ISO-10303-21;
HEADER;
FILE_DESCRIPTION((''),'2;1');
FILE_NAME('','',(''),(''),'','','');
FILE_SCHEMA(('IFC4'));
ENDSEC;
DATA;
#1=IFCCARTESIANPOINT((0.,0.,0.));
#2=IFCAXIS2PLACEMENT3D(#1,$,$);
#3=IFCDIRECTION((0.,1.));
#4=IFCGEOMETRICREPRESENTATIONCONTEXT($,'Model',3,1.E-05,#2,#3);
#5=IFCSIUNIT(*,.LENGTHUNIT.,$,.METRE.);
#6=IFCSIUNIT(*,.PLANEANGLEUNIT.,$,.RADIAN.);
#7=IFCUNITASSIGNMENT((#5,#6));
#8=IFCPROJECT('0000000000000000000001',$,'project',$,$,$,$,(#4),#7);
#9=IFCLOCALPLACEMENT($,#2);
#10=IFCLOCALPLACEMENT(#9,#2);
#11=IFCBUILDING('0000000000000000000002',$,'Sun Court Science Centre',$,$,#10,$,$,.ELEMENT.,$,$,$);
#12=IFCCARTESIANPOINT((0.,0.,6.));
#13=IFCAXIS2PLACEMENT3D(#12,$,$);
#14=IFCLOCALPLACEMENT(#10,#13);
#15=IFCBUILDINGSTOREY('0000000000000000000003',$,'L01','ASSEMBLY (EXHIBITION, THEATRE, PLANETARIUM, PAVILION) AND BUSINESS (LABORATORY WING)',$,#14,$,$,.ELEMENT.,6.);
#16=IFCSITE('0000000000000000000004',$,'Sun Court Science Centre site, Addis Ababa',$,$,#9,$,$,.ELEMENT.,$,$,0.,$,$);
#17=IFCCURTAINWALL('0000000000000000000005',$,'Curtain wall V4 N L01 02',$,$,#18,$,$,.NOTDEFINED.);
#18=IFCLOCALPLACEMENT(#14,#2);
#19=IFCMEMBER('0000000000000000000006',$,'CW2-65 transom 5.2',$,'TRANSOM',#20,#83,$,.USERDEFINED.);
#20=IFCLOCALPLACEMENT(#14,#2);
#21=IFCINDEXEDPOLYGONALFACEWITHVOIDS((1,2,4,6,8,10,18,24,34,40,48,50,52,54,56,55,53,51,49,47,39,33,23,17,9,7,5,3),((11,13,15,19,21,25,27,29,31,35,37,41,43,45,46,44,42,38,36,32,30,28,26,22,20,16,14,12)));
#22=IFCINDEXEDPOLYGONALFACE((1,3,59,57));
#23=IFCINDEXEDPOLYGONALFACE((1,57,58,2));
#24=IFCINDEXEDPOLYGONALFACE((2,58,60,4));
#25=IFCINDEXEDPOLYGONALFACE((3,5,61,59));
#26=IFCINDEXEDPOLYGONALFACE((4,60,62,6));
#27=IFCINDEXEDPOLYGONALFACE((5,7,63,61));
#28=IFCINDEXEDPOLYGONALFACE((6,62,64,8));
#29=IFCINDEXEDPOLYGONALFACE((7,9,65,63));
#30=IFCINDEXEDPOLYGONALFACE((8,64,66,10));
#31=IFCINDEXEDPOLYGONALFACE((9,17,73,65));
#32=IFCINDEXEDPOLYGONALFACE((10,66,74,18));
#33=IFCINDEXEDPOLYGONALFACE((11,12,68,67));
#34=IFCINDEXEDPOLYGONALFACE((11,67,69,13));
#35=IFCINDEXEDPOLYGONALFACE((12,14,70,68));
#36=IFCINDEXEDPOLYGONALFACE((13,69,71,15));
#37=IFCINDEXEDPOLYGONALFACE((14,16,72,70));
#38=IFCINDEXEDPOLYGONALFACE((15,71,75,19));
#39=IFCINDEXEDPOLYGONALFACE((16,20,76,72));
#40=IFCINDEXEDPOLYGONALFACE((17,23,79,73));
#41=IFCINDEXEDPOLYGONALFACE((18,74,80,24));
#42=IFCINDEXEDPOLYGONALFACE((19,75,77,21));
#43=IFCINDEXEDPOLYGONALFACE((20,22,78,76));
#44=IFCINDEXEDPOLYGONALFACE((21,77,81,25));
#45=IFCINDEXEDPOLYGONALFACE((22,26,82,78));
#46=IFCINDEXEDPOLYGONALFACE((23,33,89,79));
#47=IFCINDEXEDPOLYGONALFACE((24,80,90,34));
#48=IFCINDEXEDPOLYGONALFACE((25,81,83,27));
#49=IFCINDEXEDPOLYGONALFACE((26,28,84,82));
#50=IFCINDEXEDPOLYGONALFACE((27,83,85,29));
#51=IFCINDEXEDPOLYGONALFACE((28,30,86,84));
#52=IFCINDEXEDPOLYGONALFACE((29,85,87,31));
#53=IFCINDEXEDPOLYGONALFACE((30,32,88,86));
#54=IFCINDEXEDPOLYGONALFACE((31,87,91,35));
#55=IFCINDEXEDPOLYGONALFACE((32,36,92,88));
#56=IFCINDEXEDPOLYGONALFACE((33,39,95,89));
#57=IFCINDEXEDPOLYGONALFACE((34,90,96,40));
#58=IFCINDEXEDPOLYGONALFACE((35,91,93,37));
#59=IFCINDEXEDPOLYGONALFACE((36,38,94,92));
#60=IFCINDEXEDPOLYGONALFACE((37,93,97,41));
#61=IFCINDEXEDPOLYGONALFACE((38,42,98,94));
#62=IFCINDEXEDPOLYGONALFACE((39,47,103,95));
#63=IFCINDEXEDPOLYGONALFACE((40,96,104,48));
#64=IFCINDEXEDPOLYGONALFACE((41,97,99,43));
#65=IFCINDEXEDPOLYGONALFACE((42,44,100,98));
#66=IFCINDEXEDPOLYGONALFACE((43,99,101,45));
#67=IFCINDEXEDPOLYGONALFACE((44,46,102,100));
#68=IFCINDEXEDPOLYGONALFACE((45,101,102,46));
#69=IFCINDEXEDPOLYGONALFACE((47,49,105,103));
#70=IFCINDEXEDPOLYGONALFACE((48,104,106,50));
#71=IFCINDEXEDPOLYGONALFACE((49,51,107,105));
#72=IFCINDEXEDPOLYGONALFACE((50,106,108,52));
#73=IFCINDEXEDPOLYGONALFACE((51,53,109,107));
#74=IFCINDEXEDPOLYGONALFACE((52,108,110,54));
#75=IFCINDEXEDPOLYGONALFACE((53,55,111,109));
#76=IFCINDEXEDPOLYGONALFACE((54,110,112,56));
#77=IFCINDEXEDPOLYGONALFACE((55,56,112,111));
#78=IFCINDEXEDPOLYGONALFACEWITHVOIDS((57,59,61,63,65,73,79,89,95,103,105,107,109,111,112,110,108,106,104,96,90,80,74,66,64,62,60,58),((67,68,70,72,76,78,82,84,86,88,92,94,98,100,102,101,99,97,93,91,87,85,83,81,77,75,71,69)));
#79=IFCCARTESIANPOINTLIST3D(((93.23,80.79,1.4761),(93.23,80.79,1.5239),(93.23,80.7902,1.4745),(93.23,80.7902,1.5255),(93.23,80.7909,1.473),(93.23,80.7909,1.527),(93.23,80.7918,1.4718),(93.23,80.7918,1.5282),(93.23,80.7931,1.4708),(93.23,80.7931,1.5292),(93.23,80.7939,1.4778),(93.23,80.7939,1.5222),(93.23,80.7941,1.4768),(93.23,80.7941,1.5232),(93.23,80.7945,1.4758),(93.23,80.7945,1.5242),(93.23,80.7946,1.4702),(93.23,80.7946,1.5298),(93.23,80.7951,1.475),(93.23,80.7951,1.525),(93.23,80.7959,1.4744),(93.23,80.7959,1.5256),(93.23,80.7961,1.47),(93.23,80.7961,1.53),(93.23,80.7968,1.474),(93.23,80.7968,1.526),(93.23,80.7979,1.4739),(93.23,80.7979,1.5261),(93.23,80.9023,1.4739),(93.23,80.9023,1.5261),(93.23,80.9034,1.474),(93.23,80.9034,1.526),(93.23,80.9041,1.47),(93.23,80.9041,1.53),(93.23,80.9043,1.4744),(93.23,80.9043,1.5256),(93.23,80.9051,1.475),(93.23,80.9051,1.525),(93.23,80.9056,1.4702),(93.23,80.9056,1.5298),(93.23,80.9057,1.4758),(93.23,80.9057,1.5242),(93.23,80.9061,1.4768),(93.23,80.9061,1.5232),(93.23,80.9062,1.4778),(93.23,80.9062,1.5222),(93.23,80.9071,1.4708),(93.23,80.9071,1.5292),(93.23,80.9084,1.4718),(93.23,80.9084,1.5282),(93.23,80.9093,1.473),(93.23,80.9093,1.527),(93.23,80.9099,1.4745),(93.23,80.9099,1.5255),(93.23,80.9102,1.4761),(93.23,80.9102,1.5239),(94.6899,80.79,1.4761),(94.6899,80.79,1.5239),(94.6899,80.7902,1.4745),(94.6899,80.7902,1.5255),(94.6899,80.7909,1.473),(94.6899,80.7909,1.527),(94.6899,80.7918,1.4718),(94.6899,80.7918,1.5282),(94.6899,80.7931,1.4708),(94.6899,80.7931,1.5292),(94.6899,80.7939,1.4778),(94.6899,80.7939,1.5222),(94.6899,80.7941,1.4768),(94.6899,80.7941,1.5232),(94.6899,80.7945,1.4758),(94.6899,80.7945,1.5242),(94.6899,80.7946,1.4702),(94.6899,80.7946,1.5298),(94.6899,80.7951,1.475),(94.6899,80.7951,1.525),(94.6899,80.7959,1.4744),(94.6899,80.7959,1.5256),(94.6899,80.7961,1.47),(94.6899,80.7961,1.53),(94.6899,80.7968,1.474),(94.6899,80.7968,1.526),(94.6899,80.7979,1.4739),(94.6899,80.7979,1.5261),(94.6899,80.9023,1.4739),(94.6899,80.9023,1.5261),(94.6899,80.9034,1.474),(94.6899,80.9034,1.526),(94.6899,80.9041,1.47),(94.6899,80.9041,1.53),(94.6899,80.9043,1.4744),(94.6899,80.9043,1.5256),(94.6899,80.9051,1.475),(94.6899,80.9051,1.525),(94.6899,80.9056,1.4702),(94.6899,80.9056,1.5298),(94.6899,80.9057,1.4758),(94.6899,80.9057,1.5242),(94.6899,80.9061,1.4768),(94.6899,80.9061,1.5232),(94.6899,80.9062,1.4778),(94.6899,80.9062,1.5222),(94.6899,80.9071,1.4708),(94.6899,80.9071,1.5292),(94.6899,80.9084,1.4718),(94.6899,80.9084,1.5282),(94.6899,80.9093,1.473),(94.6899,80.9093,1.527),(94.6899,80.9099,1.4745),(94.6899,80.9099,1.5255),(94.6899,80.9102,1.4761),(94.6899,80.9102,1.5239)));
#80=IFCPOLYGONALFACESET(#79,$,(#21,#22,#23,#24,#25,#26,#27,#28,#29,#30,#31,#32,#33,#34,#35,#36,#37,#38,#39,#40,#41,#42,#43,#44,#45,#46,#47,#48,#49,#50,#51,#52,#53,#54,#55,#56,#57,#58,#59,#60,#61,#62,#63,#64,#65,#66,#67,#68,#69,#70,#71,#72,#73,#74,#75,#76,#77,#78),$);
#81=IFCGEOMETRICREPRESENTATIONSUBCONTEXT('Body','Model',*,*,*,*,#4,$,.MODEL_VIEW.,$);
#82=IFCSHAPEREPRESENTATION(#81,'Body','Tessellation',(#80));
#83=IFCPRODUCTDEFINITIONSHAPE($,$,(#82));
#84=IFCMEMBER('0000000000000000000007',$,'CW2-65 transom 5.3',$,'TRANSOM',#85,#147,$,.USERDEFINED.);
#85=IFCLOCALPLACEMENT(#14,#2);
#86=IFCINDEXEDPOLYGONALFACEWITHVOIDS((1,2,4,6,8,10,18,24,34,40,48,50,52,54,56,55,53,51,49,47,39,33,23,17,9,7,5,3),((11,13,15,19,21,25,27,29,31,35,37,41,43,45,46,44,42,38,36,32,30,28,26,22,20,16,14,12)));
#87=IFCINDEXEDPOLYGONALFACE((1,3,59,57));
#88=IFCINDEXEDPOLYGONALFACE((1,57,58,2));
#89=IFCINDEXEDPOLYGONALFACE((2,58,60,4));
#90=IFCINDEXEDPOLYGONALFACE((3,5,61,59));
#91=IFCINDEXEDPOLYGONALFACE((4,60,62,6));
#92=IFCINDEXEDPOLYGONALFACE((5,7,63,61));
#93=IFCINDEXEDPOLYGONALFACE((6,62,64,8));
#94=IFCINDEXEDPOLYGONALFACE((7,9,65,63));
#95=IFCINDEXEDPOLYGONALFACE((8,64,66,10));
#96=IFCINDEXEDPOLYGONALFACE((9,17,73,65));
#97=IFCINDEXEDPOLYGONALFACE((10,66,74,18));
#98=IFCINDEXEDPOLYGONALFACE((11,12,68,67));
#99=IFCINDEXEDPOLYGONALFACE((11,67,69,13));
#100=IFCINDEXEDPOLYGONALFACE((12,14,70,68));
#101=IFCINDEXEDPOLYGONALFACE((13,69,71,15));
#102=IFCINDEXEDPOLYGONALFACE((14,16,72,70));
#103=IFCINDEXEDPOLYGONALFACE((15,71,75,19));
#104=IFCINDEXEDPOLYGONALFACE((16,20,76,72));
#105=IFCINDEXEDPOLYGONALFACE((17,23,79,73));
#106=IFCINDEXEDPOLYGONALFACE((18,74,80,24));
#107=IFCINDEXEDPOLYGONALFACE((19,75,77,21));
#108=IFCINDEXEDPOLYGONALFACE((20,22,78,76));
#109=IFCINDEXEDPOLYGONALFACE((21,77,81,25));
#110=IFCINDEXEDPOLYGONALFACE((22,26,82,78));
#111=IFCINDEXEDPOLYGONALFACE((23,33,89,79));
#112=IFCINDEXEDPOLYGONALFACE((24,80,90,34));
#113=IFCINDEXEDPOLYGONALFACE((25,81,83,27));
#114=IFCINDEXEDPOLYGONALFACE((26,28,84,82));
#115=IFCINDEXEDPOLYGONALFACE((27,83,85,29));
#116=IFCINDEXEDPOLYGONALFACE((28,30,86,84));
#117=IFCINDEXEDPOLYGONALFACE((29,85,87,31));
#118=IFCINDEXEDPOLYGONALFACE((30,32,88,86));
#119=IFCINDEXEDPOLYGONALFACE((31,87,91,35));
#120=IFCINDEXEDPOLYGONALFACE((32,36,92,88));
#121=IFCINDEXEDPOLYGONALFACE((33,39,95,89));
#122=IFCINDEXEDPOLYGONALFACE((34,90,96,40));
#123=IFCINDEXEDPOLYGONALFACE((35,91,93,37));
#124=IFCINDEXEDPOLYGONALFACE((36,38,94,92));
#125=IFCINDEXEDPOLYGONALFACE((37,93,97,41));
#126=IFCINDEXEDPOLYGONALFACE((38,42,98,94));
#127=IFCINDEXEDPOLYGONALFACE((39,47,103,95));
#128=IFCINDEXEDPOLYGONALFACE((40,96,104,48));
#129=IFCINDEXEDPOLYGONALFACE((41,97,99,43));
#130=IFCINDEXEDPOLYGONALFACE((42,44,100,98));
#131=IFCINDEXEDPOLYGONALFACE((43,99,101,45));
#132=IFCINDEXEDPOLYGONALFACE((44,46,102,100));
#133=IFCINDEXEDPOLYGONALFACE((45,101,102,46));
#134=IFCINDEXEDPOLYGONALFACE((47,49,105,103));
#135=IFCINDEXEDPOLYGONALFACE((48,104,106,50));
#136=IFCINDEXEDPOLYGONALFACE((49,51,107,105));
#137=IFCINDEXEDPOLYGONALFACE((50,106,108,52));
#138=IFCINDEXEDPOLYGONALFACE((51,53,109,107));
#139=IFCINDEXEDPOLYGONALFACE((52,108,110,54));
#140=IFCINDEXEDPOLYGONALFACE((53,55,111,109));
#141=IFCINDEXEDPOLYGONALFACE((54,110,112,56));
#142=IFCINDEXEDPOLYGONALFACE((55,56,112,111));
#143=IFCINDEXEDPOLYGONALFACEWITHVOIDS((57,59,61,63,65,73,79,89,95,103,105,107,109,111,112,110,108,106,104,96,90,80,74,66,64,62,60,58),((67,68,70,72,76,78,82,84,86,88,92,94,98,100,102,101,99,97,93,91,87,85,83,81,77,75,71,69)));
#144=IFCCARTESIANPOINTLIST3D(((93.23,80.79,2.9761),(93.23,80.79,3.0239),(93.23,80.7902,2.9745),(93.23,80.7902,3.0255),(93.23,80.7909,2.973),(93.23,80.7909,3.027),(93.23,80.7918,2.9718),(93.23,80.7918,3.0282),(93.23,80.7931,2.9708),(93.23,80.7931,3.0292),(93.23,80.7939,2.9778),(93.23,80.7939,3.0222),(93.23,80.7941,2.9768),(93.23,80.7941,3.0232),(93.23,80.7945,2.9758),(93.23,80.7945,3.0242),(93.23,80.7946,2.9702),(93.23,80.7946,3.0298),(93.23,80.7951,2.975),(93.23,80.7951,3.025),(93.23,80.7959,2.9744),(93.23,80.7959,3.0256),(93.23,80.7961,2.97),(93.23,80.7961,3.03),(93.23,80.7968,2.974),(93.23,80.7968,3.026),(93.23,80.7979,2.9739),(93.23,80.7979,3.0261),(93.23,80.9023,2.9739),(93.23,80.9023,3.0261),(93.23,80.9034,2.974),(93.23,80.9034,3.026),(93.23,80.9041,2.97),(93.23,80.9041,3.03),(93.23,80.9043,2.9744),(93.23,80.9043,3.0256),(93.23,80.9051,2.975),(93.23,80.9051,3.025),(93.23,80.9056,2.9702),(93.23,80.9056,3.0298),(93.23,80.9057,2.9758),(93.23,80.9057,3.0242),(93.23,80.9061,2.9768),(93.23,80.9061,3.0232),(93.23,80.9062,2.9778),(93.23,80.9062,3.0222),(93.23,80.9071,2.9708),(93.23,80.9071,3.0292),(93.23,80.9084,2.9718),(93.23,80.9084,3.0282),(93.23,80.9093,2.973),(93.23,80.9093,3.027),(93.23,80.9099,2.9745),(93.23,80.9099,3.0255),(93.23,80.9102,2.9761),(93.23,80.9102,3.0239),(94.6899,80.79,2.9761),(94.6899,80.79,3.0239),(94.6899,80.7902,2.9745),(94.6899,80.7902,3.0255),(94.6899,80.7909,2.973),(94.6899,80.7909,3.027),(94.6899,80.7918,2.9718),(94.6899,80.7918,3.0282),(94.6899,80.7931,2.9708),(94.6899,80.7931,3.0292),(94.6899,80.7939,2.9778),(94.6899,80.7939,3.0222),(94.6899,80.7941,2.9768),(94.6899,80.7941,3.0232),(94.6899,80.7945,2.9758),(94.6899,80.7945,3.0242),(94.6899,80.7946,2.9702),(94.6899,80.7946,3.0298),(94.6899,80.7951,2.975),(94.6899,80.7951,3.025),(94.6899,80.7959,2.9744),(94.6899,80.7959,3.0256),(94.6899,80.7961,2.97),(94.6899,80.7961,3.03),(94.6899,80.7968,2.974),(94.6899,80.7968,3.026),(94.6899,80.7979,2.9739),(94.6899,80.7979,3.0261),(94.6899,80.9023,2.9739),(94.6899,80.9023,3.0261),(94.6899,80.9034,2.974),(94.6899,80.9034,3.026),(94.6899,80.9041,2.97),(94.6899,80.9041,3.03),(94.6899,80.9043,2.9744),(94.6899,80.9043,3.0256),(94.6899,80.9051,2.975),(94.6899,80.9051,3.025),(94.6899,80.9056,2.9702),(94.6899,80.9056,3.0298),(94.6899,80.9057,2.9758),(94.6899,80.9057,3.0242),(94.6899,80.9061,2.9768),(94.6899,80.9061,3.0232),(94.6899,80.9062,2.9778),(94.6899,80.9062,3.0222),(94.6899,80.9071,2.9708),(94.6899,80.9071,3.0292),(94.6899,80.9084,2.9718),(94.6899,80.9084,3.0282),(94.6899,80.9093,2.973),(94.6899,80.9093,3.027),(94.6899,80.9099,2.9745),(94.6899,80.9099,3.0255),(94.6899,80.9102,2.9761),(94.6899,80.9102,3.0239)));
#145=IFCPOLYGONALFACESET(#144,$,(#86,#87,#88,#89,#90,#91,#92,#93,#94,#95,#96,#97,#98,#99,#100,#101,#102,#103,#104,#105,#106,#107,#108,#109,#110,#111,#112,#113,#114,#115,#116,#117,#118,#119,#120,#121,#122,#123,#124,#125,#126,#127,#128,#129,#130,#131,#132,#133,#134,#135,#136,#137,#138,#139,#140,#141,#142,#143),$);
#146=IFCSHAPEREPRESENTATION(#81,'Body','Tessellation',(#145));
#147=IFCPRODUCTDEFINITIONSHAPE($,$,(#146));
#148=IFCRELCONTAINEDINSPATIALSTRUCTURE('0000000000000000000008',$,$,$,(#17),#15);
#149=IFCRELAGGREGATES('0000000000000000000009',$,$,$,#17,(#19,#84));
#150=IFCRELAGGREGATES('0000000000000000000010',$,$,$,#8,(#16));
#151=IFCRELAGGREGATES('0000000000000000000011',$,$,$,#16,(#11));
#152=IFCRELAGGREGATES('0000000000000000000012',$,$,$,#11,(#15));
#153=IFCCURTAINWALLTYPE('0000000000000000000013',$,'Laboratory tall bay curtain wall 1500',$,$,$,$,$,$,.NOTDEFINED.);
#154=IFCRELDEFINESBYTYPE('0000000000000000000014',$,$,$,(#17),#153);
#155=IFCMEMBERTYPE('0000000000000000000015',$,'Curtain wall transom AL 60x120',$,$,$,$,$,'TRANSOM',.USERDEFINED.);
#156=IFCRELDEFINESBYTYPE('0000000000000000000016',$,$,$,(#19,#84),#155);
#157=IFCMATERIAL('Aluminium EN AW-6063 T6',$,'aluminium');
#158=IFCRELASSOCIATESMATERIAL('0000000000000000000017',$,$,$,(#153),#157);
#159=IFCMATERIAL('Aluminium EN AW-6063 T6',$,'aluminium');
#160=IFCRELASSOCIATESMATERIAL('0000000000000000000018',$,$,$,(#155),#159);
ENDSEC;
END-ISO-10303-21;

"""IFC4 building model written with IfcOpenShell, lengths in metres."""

from ifc_helpers import new_model, si_unit, direction, frame, origin, origin_2d, place, context, subcontext, project, spatial, hollow_rectangle, extrude, material, material_profile, profile_set, type_object, element, aggregate, save


model = new_model("IFC4")

# Units and contexts
model_context = context("Model", 3, precision=1e-05, world=origin(), true_north=direction((0.0, 1.0)))
body_context = subcontext(model_context, "Body", "Model", "MODEL_VIEW")
ifc_project = project(units=[si_unit("LENGTHUNIT", "METRE"), si_unit("PLANEANGLEUNIT", "RADIAN")], contexts=[model_context])

# Site, building, storey
site_placement = place(None, origin())
site = spatial("IfcSite", under=ifc_project, at=site_placement, Name="Sun Court Science Centre site, Addis Ababa", CompositionType="ELEMENT", RefElevation=0.0)
building_placement = place(site_placement, origin())
building = spatial("IfcBuilding", under=site, at=building_placement, Name="Sun Court Science Centre", CompositionType="ELEMENT")
storey_placement = place(building_placement, frame((0.0, 0.0, 6.0)))
storey = spatial("IfcBuildingStorey", under=building, at=storey_placement, Name="L01", Description="ASSEMBLY (EXHIBITION, THEATRE, PLANETARIUM, PAVILION) AND BUSINESS (LABORATORY WING)", CompositionType="ELEMENT", Elevation=6.0)

# Curtain wall
ifc_material_1 = material(Name="Aluminium EN AW-6063 T6", Category="aluminium")
curtain_wall_type = type_object("IfcCurtainWallType", Name="Laboratory tall bay curtain wall 1500", PredefinedType="NOTDEFINED", material=ifc_material_1)
curtain_wall_1_placement = place(storey_placement, origin())
curtain_wall_1 = element("IfcCurtainWall", 1, at=curtain_wall_1_placement, inside=storey, type_object=curtain_wall_type, Name="Curtain wall V4 N L01 02", PredefinedType="NOTDEFINED")

# Members
ifc_material_2 = material(Name="Aluminium EN AW-6063 T6", Category="aluminium")
ifc_material_profile_1 = material_profile(ifc_material_2, hollow_rectangle(XDim=0.0601, YDim=0.1201, WallThickness=0.0039, InnerFilletRadius=0.0039, OuterFilletRadius=0.0061, at=origin_2d()), Name="AL 60x120x4")
ifc_profile_set_1 = profile_set([ifc_material_profile_1], Name="Aluminium EN AW-6063 T6")
member_type_1 = type_object("IfcMemberType", Name="Curtain wall transom AL 60x120", ElementType="TRANSOM", PredefinedType="USERDEFINED", material=ifc_profile_set_1)
member_1_placement = place(storey_placement, frame((93.23, 80.8501, 1.5), z_axis=(1.0, 0.0, 0.0), x_axis=(0.0, 0.0, 1.0)))
member_1 = element("IfcMember", 2, at=member_1_placement, type_object=member_type_1, Name="CW2-65 transom 5.2", ObjectType="TRANSOM", PredefinedType="USERDEFINED", context=body_context, shape_type="SweptSolid", body=[
    extrude(hollow_rectangle(XDim=0.0601, YDim=0.1201, WallThickness=0.0039, InnerFilletRadius=0.0039, OuterFilletRadius=0.0061, at=origin_2d()), origin(), (0.0, 0.0, 1.0), 1.46),
])
member_2_placement = place(storey_placement, frame((93.23, 80.8501, 3.0), z_axis=(1.0, 0.0, 0.0), x_axis=(0.0, 0.0, 1.0)))
member_2 = element("IfcMember", 3, at=member_2_placement, type_object=member_type_1, Name="CW2-65 transom 5.3", ObjectType="TRANSOM", PredefinedType="USERDEFINED", context=body_context, shape_type="SweptSolid", body=[
    extrude(hollow_rectangle(XDim=0.0601, YDim=0.1201, WallThickness=0.0039, InnerFilletRadius=0.0039, OuterFilletRadius=0.0061, at=origin_2d()), origin(), (0.0, 0.0, 1.0), 1.46),
])

aggregate(curtain_wall_1, [member_1, member_2])

save(model, "model.ifc")
